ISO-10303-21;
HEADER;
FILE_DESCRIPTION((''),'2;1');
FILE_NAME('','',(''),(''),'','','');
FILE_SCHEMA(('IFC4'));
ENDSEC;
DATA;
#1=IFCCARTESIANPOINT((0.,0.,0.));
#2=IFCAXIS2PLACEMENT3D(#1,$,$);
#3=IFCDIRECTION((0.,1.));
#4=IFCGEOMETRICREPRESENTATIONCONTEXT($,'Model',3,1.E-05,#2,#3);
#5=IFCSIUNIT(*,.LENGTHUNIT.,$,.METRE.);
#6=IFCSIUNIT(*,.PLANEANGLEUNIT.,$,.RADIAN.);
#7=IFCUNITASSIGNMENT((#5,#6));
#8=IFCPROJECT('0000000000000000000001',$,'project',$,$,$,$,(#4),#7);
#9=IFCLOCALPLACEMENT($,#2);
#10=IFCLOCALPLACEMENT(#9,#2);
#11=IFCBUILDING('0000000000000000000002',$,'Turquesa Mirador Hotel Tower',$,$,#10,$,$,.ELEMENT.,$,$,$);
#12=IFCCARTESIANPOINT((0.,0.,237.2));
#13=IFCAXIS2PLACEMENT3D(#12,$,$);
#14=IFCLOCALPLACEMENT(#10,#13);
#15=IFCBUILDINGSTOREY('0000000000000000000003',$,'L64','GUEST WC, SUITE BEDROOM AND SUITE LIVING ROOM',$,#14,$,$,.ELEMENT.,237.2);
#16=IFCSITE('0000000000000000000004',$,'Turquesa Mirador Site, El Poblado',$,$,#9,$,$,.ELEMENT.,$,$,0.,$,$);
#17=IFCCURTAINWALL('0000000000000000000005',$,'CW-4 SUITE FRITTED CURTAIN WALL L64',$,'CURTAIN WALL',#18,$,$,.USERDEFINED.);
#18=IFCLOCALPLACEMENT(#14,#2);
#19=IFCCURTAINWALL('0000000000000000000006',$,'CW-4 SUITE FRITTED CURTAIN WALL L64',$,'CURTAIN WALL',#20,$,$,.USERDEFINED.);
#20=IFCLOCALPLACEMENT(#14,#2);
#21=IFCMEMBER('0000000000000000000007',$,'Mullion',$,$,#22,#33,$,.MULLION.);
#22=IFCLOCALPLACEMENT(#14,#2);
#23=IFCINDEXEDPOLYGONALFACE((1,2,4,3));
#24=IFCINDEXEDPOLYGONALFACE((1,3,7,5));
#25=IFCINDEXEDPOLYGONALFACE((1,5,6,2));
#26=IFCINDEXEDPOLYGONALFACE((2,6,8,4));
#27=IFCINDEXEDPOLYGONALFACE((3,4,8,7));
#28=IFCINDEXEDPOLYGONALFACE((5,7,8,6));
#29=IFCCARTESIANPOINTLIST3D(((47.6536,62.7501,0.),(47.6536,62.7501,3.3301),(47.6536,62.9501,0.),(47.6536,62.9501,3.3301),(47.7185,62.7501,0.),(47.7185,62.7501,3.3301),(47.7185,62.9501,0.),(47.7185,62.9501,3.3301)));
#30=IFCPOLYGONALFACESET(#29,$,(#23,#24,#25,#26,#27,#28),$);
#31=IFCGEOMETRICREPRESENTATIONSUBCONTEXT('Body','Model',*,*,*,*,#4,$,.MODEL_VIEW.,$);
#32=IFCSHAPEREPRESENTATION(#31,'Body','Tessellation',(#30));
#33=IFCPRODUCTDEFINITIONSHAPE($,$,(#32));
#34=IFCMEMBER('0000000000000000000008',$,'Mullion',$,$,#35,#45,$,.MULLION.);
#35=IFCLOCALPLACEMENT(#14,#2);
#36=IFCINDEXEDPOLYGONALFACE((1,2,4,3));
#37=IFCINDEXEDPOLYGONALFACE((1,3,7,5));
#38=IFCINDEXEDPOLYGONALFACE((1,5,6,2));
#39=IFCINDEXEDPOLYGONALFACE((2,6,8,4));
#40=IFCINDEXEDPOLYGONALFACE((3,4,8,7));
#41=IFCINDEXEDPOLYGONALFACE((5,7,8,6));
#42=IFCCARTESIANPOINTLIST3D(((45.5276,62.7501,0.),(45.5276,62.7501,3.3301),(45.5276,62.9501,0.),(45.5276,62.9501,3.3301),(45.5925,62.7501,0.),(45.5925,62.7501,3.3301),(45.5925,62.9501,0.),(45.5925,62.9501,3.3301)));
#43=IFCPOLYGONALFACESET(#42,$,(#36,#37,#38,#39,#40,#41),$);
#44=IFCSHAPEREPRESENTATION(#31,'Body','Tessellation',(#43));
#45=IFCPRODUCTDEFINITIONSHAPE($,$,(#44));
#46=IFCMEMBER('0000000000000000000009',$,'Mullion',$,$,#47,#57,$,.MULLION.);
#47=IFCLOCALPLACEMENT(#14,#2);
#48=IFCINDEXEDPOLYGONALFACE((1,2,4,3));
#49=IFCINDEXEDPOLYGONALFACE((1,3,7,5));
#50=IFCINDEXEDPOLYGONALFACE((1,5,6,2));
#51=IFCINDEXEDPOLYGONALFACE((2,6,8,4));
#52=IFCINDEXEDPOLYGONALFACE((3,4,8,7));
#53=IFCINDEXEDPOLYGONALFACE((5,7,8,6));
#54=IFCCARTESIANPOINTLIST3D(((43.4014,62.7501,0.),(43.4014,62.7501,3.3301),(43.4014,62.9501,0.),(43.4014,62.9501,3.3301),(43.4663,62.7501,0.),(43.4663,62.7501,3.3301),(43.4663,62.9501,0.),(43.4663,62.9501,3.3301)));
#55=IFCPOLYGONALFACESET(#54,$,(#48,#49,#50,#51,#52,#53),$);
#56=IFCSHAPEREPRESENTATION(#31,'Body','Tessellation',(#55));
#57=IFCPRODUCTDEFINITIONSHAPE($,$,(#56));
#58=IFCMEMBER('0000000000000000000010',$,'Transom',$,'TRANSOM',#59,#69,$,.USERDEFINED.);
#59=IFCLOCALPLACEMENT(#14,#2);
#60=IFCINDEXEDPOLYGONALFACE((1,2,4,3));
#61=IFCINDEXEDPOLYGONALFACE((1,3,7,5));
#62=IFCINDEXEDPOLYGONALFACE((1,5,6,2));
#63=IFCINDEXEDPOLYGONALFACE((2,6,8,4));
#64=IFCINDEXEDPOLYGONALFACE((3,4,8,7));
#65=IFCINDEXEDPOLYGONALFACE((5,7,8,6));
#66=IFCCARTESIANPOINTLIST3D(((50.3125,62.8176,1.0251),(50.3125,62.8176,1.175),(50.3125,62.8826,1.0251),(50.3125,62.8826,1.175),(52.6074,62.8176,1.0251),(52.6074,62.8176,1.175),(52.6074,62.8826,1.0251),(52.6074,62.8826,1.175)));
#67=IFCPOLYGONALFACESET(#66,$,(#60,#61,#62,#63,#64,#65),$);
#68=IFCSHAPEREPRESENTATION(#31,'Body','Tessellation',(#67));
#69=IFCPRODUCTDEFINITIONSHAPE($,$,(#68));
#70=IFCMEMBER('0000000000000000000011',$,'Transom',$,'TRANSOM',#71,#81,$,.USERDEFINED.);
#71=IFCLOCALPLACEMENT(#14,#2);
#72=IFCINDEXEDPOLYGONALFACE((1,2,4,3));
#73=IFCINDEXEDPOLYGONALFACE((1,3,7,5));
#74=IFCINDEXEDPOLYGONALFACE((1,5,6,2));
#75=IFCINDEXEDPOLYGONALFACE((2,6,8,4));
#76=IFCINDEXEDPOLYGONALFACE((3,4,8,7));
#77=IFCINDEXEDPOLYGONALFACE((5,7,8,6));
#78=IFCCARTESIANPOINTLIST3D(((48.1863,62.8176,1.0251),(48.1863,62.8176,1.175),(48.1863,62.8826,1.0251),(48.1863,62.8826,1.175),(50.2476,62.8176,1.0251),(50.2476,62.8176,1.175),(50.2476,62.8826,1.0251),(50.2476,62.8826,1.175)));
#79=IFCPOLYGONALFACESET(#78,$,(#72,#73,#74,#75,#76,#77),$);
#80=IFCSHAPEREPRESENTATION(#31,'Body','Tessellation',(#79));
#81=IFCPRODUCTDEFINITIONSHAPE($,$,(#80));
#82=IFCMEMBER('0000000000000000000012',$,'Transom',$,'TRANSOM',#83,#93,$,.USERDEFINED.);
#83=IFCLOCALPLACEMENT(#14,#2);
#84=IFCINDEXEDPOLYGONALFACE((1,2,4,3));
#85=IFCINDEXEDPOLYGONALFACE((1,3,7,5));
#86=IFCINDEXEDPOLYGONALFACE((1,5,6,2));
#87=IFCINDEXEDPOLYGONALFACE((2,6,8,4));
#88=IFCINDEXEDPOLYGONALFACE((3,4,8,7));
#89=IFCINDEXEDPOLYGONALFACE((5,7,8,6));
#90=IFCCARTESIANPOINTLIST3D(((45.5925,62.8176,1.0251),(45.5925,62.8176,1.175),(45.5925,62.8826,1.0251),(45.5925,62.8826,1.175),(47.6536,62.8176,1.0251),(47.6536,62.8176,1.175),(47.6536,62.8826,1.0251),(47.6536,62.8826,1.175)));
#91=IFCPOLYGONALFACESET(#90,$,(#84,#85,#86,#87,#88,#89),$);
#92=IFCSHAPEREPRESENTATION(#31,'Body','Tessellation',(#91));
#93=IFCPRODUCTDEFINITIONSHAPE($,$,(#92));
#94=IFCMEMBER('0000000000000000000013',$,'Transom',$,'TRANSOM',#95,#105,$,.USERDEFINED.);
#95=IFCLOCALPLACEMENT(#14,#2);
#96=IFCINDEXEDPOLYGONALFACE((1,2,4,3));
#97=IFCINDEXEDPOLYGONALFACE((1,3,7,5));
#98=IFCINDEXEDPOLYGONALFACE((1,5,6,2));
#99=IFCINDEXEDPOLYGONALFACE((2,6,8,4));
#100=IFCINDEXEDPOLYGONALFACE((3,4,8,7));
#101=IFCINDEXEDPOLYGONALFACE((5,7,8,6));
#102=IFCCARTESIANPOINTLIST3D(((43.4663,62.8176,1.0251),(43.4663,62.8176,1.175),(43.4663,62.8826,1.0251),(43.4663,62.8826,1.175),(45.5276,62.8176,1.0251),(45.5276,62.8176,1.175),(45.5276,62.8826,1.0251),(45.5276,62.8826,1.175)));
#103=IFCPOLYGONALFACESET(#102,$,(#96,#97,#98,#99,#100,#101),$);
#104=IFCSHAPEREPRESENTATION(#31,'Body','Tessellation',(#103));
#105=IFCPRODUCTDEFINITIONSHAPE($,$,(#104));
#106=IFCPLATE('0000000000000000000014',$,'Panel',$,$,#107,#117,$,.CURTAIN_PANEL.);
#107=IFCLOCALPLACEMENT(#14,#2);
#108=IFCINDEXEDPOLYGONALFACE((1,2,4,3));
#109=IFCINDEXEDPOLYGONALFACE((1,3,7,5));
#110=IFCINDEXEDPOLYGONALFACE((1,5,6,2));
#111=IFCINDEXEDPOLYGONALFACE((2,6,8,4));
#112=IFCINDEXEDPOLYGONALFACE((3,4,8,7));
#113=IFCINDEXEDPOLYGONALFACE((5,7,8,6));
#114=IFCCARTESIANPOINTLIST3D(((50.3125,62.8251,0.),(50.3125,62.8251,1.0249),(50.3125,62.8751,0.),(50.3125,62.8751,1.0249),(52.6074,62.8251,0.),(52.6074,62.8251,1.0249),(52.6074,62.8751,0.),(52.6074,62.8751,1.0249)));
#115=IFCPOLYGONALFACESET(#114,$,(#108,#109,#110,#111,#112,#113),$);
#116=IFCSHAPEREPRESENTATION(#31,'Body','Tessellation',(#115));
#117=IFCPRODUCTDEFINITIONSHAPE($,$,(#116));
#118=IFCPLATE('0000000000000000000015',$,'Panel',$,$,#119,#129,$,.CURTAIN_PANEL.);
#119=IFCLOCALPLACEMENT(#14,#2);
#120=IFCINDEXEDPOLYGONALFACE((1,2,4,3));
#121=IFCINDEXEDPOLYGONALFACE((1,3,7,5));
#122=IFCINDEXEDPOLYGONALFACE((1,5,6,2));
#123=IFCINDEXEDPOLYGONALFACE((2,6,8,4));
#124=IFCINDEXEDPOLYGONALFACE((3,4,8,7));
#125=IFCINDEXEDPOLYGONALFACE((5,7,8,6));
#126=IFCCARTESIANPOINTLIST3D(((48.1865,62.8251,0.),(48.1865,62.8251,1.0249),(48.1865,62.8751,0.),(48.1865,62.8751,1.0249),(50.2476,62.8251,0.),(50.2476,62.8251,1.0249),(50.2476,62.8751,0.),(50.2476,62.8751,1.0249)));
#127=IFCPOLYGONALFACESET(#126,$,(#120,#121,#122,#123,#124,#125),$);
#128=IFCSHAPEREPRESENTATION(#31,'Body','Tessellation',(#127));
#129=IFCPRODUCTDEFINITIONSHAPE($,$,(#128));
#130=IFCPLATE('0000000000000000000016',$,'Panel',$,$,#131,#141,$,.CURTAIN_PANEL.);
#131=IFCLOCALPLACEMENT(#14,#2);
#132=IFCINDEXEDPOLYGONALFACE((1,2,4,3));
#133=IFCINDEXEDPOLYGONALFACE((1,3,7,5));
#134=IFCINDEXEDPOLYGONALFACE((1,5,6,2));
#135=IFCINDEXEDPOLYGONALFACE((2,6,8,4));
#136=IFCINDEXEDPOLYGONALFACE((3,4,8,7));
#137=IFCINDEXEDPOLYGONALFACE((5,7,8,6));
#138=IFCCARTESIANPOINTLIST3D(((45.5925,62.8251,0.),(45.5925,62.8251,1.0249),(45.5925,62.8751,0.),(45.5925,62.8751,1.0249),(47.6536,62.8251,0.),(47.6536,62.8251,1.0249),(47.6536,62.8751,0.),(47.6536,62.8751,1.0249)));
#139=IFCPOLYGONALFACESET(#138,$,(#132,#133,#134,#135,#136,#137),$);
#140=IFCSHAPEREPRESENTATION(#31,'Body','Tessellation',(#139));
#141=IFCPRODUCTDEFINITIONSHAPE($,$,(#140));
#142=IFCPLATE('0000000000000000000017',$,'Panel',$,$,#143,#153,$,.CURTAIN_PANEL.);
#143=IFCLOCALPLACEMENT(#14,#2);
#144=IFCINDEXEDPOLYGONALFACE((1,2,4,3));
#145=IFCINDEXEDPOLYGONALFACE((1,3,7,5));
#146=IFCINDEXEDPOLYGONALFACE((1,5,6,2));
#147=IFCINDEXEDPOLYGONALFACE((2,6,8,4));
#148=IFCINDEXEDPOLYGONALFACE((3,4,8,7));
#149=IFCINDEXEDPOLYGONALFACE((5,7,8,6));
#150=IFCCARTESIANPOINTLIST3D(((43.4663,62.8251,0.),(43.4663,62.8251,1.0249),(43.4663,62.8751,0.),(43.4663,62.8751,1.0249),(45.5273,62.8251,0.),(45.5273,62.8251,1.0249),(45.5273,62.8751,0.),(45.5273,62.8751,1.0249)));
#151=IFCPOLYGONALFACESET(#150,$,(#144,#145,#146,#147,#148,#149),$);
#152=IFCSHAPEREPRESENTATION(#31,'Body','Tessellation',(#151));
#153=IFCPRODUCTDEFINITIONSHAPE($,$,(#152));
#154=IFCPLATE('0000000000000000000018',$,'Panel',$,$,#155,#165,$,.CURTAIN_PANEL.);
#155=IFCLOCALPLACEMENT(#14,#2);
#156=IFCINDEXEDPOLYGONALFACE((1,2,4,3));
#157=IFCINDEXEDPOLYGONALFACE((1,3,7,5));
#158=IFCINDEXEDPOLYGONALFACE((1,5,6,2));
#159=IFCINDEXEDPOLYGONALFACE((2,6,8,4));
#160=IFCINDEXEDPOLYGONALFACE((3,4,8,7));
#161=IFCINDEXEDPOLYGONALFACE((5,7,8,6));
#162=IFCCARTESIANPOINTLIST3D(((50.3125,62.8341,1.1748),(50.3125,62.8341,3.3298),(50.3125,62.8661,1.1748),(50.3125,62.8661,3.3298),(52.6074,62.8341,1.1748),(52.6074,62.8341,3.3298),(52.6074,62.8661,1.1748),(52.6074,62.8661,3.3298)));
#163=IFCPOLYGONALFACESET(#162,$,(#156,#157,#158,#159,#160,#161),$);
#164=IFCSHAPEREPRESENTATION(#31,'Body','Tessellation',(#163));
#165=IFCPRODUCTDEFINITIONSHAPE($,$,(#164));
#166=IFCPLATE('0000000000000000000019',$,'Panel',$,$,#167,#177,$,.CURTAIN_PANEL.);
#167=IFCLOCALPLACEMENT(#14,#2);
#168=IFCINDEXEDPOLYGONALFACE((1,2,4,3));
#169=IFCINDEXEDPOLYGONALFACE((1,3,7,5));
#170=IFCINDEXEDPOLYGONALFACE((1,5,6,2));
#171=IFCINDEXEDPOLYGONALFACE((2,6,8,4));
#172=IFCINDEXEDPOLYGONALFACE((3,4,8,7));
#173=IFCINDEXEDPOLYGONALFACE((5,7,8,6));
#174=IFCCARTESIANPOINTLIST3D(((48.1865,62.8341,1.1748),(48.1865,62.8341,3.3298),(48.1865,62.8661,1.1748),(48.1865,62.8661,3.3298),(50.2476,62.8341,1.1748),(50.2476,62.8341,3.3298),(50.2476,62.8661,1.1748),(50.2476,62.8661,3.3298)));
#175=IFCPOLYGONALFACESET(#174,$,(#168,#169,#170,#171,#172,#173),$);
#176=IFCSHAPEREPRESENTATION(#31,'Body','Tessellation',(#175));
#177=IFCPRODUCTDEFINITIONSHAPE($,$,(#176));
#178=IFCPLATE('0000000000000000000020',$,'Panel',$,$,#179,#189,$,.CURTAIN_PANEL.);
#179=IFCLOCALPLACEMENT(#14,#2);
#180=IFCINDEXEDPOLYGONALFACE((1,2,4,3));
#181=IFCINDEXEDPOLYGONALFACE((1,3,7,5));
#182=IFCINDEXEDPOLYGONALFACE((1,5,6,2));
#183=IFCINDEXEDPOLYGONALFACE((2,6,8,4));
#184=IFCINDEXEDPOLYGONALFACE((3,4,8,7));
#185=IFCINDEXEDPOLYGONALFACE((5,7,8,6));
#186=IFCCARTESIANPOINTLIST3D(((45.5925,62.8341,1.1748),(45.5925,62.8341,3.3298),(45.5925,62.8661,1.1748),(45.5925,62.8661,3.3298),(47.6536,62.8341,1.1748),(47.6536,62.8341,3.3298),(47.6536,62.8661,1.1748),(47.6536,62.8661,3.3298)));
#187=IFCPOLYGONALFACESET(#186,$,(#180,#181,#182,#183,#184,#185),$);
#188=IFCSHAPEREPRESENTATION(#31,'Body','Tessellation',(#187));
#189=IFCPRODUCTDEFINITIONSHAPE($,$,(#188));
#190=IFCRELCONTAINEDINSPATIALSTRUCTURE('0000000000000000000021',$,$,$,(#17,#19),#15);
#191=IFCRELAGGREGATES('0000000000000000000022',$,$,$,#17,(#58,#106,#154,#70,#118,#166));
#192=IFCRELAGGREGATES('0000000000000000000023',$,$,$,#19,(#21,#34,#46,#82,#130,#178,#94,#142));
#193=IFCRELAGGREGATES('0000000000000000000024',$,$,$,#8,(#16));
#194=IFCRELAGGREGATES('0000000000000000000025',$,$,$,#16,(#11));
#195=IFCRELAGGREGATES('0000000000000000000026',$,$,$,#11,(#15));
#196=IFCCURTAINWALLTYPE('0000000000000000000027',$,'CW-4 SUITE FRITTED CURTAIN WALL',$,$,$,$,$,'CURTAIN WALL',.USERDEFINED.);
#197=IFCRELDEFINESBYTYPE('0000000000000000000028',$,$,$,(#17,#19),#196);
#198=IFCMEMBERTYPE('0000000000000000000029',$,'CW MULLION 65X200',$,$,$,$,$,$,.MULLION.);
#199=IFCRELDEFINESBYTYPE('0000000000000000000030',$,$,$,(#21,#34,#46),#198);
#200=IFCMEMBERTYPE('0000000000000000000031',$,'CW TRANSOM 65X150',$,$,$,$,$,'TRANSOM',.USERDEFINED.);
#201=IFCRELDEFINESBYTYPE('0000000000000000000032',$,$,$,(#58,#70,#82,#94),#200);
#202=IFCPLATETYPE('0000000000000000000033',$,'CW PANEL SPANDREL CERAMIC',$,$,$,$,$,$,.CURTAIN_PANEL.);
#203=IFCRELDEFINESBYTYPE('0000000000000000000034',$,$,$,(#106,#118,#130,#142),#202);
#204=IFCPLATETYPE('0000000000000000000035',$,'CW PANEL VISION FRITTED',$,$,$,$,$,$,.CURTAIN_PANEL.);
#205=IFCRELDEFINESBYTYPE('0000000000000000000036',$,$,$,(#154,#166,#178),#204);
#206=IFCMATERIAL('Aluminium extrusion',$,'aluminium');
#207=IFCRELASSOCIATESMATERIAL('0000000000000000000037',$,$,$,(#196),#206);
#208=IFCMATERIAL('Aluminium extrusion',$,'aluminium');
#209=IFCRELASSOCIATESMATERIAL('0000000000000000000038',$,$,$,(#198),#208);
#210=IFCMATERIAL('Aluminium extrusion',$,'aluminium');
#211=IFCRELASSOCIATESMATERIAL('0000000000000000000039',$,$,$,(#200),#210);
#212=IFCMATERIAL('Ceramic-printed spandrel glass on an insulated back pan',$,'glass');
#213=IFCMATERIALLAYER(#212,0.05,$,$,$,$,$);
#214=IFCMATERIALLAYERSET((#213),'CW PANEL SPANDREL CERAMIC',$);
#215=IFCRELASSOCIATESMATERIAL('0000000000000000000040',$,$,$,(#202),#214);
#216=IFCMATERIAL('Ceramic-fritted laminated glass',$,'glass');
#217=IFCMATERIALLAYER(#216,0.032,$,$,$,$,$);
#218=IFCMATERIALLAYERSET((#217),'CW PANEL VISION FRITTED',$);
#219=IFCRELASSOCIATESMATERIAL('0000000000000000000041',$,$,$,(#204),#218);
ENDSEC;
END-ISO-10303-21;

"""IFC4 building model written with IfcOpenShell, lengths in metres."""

from ifc_helpers import new_model, si_unit, direction, frame, origin, origin_2d, place, context, subcontext, project, spatial, rectangle, extrude, material, layer, layer_set, material_profile, profile_set, type_object, element, aggregate, save


model = new_model("IFC4")

# Units and contexts
model_context = context("Model", 3, precision=1e-05, world=origin(), true_north=direction((0.0, 1.0)))
body_context = subcontext(model_context, "Body", "Model", "MODEL_VIEW")
ifc_project = project(units=[si_unit("LENGTHUNIT", "METRE"), si_unit("PLANEANGLEUNIT", "RADIAN")], contexts=[model_context])

# Site, building, storey
site_placement = place(None, origin())
site = spatial("IfcSite", under=ifc_project, at=site_placement, Name="Turquesa Mirador Site, El Poblado", CompositionType="ELEMENT", RefElevation=0.0)
building_placement = place(site_placement, origin())
building = spatial("IfcBuilding", under=site, at=building_placement, Name="Turquesa Mirador Hotel Tower", CompositionType="ELEMENT")
storey_placement = place(building_placement, frame((0.0, 0.0, 237.2)))
storey = spatial("IfcBuildingStorey", under=building, at=storey_placement, Name="L64", Description="GUEST WC, SUITE BEDROOM AND SUITE LIVING ROOM", CompositionType="ELEMENT", Elevation=237.2)

# Curtain walls, members
ifc_material_1 = material(Name="Aluminium extrusion", Category="aluminium")
curtain_wall_type = type_object("IfcCurtainWallType", Name="CW-4 SUITE FRITTED CURTAIN WALL", ElementType="CURTAIN WALL", PredefinedType="USERDEFINED", material=ifc_material_1)
curtain_wall_1_placement = place(storey_placement, origin())
curtain_wall_1 = element("IfcCurtainWall", 1, at=curtain_wall_1_placement, inside=storey, type_object=curtain_wall_type, Name="CW-4 SUITE FRITTED CURTAIN WALL L64", ObjectType="CURTAIN WALL", PredefinedType="USERDEFINED")
ifc_material_2 = material(Name="Aluminium extrusion", Category="aluminium")
ifc_material_profile_1 = material_profile(ifc_material_2, rectangle(XDim=0.0649, YDim=0.2, at=origin_2d()), Name="MULLION 65X200")
ifc_profile_set_1 = profile_set([ifc_material_profile_1], Name="Aluminium extrusion")
member_type_1 = type_object("IfcMemberType", Name="CW MULLION 65X200", PredefinedType="MULLION", material=ifc_profile_set_1)
curtain_wall_2_placement = place(storey_placement, origin())
curtain_wall_2 = element("IfcCurtainWall", 2, at=curtain_wall_2_placement, inside=storey, type_object=curtain_wall_type, Name="CW-4 SUITE FRITTED CURTAIN WALL L64", ObjectType="CURTAIN WALL", PredefinedType="USERDEFINED")
member_1_placement = place(storey_placement, frame((47.686, 62.8501, 0.0), z_axis=(0.0, 0.0, 1.0), x_axis=(-1.0, 0.0, 0.0)))
member_1 = element("IfcMember", 3, at=member_1_placement, type_object=member_type_1, Name="Mullion", PredefinedType="MULLION", context=body_context, shape_type="SweptSolid", body=[
    extrude(rectangle(XDim=0.0649, YDim=0.2, at=origin_2d()), origin(), (0.0, 0.0, 1.0), 3.3301),
])
member_2_placement = place(storey_placement, frame((45.5601, 62.8501, 0.0), z_axis=(0.0, 0.0, 1.0), x_axis=(-1.0, 0.0, 0.0)))
member_2 = element("IfcMember", 4, at=member_2_placement, type_object=member_type_1, Name="Mullion", PredefinedType="MULLION", context=body_context, shape_type="SweptSolid", body=[
    extrude(rectangle(XDim=0.0649, YDim=0.2, at=origin_2d()), origin(), (0.0, 0.0, 1.0), 3.3301),
])
member_3_placement = place(storey_placement, frame((43.4338, 62.8501, 0.0), z_axis=(0.0, 0.0, 1.0), x_axis=(-1.0, 0.0, 0.0)))
member_3 = element("IfcMember", 5, at=member_3_placement, type_object=member_type_1, Name="Mullion", PredefinedType="MULLION", context=body_context, shape_type="SweptSolid", body=[
    extrude(rectangle(XDim=0.0649, YDim=0.2, at=origin_2d()), origin(), (0.0, 0.0, 1.0), 3.3301),
])

# Members
ifc_material_3 = material(Name="Aluminium extrusion", Category="aluminium")
ifc_material_profile_2 = material_profile(ifc_material_3, rectangle(XDim=0.0649, YDim=0.1499, at=origin_2d()), Name="TRANSOM 65X150")
ifc_profile_set_2 = profile_set([ifc_material_profile_2], Name="Aluminium extrusion")
member_type_2 = type_object("IfcMemberType", Name="CW TRANSOM 65X150", ElementType="TRANSOM", PredefinedType="USERDEFINED", material=ifc_profile_set_2)
member_4_placement = place(storey_placement, frame((52.6074, 62.8501, 1.1001), z_axis=(-1.0, 0.0, 0.0), x_axis=(0.0, -1.0, 0.0)))
member_4 = element("IfcMember", 6, at=member_4_placement, type_object=member_type_2, Name="Transom", ObjectType="TRANSOM", PredefinedType="USERDEFINED", context=body_context, shape_type="SweptSolid", body=[
    extrude(rectangle(XDim=0.0649, YDim=0.1499, at=origin_2d()), origin(), (0.0, 0.0, 1.0), 2.2949),
])
member_5_placement = place(storey_placement, frame((50.2476, 62.8501, 1.1001), z_axis=(-1.0, 0.0, 0.0), x_axis=(0.0, -1.0, 0.0)))
member_5 = element("IfcMember", 7, at=member_5_placement, type_object=member_type_2, Name="Transom", ObjectType="TRANSOM", PredefinedType="USERDEFINED", context=body_context, shape_type="SweptSolid", body=[
    extrude(rectangle(XDim=0.0649, YDim=0.1499, at=origin_2d()), origin(), (0.0, 0.0, 1.0), 2.0613),
])
member_6_placement = place(storey_placement, frame((47.6536, 62.8501, 1.1001), z_axis=(-1.0, 0.0, 0.0), x_axis=(0.0, -1.0, 0.0)))
member_6 = element("IfcMember", 8, at=member_6_placement, type_object=member_type_2, Name="Transom", ObjectType="TRANSOM", PredefinedType="USERDEFINED", context=body_context, shape_type="SweptSolid", body=[
    extrude(rectangle(XDim=0.0649, YDim=0.1499, at=origin_2d()), origin(), (0.0, 0.0, 1.0), 2.061),
])
member_7_placement = place(storey_placement, frame((45.5276, 62.8501, 1.1001), z_axis=(-1.0, 0.0, 0.0), x_axis=(0.0, -1.0, 0.0)))
member_7 = element("IfcMember", 9, at=member_7_placement, type_object=member_type_2, Name="Transom", ObjectType="TRANSOM", PredefinedType="USERDEFINED", context=body_context, shape_type="SweptSolid", body=[
    extrude(rectangle(XDim=0.0649, YDim=0.1499, at=origin_2d()), origin(), (0.0, 0.0, 1.0), 2.0613),
])

# Plates
ifc_material_4 = material(Name="Ceramic-printed spandrel glass on an insulated back pan", Category="glass")
ifc_layer_1 = layer(ifc_material_4, 0.05)
ifc_layer_set_1 = layer_set([ifc_layer_1], Name="CW PANEL SPANDREL CERAMIC")
plate_type_1 = type_object("IfcPlateType", Name="CW PANEL SPANDREL CERAMIC", PredefinedType="CURTAIN_PANEL", material=ifc_layer_set_1)
plate_1_placement = place(storey_placement, frame((51.46, 62.8501, 0.0), z_axis=(0.0, 0.0, 1.0), x_axis=(-1.0, 0.0, 0.0)))
plate_1 = element("IfcPlate", 10, at=plate_1_placement, type_object=plate_type_1, Name="Panel", PredefinedType="CURTAIN_PANEL", context=body_context, shape_type="SweptSolid", body=[
    extrude(rectangle(XDim=2.2949, YDim=0.05, at=origin_2d()), origin(), (0.0, 0.0, 1.0), 1.0249),
])
plate_2_placement = place(storey_placement, frame((49.217, 62.8501, 0.0), z_axis=(0.0, 0.0, 1.0), x_axis=(-1.0, 0.0, 0.0)))
plate_2 = element("IfcPlate", 11, at=plate_2_placement, type_object=plate_type_1, Name="Panel", PredefinedType="CURTAIN_PANEL", context=body_context, shape_type="SweptSolid", body=[
    extrude(rectangle(XDim=2.061, YDim=0.05, at=origin_2d()), origin(), (0.0, 0.0, 1.0), 1.0249),
])
plate_3_placement = place(storey_placement, frame((46.623, 62.8501, 0.0), z_axis=(0.0, 0.0, 1.0), x_axis=(-1.0, 0.0, 0.0)))
plate_3 = element("IfcPlate", 12, at=plate_3_placement, type_object=plate_type_1, Name="Panel", PredefinedType="CURTAIN_PANEL", context=body_context, shape_type="SweptSolid", body=[
    extrude(rectangle(XDim=2.061, YDim=0.05, at=origin_2d()), origin(), (0.0, 0.0, 1.0), 1.0249),
])
plate_4_placement = place(storey_placement, frame((44.4968, 62.8501, 0.0), z_axis=(0.0, 0.0, 1.0), x_axis=(-1.0, 0.0, 0.0)))
plate_4 = element("IfcPlate", 13, at=plate_4_placement, type_object=plate_type_1, Name="Panel", PredefinedType="CURTAIN_PANEL", context=body_context, shape_type="SweptSolid", body=[
    extrude(rectangle(XDim=2.061, YDim=0.05, at=origin_2d()), origin(), (0.0, 0.0, 1.0), 1.0249),
])
ifc_material_5 = material(Name="Ceramic-fritted laminated glass", Category="glass")
ifc_layer_2 = layer(ifc_material_5, 0.032)
ifc_layer_set_2 = layer_set([ifc_layer_2], Name="CW PANEL VISION FRITTED")
plate_type_2 = type_object("IfcPlateType", Name="CW PANEL VISION FRITTED", PredefinedType="CURTAIN_PANEL", material=ifc_layer_set_2)
plate_5_placement = place(storey_placement, frame((51.46, 62.8501, 1.1748), z_axis=(0.0, 0.0, 1.0), x_axis=(-1.0, 0.0, 0.0)))
plate_5 = element("IfcPlate", 14, at=plate_5_placement, type_object=plate_type_2, Name="Panel", PredefinedType="CURTAIN_PANEL", context=body_context, shape_type="SweptSolid", body=[
    extrude(rectangle(XDim=2.2949, YDim=0.032, at=origin_2d()), origin(), (0.0, 0.0, 1.0), 2.155),
])
plate_6_placement = place(storey_placement, frame((49.217, 62.8501, 1.1748), z_axis=(0.0, 0.0, 1.0), x_axis=(-1.0, 0.0, 0.0)))
plate_6 = element("IfcPlate", 15, at=plate_6_placement, type_object=plate_type_2, Name="Panel", PredefinedType="CURTAIN_PANEL", context=body_context, shape_type="SweptSolid", body=[
    extrude(rectangle(XDim=2.061, YDim=0.032, at=origin_2d()), origin(), (0.0, 0.0, 1.0), 2.155),
])
aggregate(curtain_wall_1, [member_4, plate_1, plate_5, member_5, plate_2, plate_6])
plate_7_placement = place(storey_placement, frame((46.623, 62.8501, 1.1748), z_axis=(0.0, 0.0, 1.0), x_axis=(-1.0, 0.0, 0.0)))
plate_7 = element("IfcPlate", 16, at=plate_7_placement, type_object=plate_type_2, Name="Panel", PredefinedType="CURTAIN_PANEL", context=body_context, shape_type="SweptSolid", body=[
    extrude(rectangle(XDim=2.061, YDim=0.032, at=origin_2d()), origin(), (0.0, 0.0, 1.0), 2.155),
])
aggregate(curtain_wall_2, [member_1, member_2, member_3, member_6, plate_3, plate_7, member_7, plate_4])

save(model, "model.ifc")
